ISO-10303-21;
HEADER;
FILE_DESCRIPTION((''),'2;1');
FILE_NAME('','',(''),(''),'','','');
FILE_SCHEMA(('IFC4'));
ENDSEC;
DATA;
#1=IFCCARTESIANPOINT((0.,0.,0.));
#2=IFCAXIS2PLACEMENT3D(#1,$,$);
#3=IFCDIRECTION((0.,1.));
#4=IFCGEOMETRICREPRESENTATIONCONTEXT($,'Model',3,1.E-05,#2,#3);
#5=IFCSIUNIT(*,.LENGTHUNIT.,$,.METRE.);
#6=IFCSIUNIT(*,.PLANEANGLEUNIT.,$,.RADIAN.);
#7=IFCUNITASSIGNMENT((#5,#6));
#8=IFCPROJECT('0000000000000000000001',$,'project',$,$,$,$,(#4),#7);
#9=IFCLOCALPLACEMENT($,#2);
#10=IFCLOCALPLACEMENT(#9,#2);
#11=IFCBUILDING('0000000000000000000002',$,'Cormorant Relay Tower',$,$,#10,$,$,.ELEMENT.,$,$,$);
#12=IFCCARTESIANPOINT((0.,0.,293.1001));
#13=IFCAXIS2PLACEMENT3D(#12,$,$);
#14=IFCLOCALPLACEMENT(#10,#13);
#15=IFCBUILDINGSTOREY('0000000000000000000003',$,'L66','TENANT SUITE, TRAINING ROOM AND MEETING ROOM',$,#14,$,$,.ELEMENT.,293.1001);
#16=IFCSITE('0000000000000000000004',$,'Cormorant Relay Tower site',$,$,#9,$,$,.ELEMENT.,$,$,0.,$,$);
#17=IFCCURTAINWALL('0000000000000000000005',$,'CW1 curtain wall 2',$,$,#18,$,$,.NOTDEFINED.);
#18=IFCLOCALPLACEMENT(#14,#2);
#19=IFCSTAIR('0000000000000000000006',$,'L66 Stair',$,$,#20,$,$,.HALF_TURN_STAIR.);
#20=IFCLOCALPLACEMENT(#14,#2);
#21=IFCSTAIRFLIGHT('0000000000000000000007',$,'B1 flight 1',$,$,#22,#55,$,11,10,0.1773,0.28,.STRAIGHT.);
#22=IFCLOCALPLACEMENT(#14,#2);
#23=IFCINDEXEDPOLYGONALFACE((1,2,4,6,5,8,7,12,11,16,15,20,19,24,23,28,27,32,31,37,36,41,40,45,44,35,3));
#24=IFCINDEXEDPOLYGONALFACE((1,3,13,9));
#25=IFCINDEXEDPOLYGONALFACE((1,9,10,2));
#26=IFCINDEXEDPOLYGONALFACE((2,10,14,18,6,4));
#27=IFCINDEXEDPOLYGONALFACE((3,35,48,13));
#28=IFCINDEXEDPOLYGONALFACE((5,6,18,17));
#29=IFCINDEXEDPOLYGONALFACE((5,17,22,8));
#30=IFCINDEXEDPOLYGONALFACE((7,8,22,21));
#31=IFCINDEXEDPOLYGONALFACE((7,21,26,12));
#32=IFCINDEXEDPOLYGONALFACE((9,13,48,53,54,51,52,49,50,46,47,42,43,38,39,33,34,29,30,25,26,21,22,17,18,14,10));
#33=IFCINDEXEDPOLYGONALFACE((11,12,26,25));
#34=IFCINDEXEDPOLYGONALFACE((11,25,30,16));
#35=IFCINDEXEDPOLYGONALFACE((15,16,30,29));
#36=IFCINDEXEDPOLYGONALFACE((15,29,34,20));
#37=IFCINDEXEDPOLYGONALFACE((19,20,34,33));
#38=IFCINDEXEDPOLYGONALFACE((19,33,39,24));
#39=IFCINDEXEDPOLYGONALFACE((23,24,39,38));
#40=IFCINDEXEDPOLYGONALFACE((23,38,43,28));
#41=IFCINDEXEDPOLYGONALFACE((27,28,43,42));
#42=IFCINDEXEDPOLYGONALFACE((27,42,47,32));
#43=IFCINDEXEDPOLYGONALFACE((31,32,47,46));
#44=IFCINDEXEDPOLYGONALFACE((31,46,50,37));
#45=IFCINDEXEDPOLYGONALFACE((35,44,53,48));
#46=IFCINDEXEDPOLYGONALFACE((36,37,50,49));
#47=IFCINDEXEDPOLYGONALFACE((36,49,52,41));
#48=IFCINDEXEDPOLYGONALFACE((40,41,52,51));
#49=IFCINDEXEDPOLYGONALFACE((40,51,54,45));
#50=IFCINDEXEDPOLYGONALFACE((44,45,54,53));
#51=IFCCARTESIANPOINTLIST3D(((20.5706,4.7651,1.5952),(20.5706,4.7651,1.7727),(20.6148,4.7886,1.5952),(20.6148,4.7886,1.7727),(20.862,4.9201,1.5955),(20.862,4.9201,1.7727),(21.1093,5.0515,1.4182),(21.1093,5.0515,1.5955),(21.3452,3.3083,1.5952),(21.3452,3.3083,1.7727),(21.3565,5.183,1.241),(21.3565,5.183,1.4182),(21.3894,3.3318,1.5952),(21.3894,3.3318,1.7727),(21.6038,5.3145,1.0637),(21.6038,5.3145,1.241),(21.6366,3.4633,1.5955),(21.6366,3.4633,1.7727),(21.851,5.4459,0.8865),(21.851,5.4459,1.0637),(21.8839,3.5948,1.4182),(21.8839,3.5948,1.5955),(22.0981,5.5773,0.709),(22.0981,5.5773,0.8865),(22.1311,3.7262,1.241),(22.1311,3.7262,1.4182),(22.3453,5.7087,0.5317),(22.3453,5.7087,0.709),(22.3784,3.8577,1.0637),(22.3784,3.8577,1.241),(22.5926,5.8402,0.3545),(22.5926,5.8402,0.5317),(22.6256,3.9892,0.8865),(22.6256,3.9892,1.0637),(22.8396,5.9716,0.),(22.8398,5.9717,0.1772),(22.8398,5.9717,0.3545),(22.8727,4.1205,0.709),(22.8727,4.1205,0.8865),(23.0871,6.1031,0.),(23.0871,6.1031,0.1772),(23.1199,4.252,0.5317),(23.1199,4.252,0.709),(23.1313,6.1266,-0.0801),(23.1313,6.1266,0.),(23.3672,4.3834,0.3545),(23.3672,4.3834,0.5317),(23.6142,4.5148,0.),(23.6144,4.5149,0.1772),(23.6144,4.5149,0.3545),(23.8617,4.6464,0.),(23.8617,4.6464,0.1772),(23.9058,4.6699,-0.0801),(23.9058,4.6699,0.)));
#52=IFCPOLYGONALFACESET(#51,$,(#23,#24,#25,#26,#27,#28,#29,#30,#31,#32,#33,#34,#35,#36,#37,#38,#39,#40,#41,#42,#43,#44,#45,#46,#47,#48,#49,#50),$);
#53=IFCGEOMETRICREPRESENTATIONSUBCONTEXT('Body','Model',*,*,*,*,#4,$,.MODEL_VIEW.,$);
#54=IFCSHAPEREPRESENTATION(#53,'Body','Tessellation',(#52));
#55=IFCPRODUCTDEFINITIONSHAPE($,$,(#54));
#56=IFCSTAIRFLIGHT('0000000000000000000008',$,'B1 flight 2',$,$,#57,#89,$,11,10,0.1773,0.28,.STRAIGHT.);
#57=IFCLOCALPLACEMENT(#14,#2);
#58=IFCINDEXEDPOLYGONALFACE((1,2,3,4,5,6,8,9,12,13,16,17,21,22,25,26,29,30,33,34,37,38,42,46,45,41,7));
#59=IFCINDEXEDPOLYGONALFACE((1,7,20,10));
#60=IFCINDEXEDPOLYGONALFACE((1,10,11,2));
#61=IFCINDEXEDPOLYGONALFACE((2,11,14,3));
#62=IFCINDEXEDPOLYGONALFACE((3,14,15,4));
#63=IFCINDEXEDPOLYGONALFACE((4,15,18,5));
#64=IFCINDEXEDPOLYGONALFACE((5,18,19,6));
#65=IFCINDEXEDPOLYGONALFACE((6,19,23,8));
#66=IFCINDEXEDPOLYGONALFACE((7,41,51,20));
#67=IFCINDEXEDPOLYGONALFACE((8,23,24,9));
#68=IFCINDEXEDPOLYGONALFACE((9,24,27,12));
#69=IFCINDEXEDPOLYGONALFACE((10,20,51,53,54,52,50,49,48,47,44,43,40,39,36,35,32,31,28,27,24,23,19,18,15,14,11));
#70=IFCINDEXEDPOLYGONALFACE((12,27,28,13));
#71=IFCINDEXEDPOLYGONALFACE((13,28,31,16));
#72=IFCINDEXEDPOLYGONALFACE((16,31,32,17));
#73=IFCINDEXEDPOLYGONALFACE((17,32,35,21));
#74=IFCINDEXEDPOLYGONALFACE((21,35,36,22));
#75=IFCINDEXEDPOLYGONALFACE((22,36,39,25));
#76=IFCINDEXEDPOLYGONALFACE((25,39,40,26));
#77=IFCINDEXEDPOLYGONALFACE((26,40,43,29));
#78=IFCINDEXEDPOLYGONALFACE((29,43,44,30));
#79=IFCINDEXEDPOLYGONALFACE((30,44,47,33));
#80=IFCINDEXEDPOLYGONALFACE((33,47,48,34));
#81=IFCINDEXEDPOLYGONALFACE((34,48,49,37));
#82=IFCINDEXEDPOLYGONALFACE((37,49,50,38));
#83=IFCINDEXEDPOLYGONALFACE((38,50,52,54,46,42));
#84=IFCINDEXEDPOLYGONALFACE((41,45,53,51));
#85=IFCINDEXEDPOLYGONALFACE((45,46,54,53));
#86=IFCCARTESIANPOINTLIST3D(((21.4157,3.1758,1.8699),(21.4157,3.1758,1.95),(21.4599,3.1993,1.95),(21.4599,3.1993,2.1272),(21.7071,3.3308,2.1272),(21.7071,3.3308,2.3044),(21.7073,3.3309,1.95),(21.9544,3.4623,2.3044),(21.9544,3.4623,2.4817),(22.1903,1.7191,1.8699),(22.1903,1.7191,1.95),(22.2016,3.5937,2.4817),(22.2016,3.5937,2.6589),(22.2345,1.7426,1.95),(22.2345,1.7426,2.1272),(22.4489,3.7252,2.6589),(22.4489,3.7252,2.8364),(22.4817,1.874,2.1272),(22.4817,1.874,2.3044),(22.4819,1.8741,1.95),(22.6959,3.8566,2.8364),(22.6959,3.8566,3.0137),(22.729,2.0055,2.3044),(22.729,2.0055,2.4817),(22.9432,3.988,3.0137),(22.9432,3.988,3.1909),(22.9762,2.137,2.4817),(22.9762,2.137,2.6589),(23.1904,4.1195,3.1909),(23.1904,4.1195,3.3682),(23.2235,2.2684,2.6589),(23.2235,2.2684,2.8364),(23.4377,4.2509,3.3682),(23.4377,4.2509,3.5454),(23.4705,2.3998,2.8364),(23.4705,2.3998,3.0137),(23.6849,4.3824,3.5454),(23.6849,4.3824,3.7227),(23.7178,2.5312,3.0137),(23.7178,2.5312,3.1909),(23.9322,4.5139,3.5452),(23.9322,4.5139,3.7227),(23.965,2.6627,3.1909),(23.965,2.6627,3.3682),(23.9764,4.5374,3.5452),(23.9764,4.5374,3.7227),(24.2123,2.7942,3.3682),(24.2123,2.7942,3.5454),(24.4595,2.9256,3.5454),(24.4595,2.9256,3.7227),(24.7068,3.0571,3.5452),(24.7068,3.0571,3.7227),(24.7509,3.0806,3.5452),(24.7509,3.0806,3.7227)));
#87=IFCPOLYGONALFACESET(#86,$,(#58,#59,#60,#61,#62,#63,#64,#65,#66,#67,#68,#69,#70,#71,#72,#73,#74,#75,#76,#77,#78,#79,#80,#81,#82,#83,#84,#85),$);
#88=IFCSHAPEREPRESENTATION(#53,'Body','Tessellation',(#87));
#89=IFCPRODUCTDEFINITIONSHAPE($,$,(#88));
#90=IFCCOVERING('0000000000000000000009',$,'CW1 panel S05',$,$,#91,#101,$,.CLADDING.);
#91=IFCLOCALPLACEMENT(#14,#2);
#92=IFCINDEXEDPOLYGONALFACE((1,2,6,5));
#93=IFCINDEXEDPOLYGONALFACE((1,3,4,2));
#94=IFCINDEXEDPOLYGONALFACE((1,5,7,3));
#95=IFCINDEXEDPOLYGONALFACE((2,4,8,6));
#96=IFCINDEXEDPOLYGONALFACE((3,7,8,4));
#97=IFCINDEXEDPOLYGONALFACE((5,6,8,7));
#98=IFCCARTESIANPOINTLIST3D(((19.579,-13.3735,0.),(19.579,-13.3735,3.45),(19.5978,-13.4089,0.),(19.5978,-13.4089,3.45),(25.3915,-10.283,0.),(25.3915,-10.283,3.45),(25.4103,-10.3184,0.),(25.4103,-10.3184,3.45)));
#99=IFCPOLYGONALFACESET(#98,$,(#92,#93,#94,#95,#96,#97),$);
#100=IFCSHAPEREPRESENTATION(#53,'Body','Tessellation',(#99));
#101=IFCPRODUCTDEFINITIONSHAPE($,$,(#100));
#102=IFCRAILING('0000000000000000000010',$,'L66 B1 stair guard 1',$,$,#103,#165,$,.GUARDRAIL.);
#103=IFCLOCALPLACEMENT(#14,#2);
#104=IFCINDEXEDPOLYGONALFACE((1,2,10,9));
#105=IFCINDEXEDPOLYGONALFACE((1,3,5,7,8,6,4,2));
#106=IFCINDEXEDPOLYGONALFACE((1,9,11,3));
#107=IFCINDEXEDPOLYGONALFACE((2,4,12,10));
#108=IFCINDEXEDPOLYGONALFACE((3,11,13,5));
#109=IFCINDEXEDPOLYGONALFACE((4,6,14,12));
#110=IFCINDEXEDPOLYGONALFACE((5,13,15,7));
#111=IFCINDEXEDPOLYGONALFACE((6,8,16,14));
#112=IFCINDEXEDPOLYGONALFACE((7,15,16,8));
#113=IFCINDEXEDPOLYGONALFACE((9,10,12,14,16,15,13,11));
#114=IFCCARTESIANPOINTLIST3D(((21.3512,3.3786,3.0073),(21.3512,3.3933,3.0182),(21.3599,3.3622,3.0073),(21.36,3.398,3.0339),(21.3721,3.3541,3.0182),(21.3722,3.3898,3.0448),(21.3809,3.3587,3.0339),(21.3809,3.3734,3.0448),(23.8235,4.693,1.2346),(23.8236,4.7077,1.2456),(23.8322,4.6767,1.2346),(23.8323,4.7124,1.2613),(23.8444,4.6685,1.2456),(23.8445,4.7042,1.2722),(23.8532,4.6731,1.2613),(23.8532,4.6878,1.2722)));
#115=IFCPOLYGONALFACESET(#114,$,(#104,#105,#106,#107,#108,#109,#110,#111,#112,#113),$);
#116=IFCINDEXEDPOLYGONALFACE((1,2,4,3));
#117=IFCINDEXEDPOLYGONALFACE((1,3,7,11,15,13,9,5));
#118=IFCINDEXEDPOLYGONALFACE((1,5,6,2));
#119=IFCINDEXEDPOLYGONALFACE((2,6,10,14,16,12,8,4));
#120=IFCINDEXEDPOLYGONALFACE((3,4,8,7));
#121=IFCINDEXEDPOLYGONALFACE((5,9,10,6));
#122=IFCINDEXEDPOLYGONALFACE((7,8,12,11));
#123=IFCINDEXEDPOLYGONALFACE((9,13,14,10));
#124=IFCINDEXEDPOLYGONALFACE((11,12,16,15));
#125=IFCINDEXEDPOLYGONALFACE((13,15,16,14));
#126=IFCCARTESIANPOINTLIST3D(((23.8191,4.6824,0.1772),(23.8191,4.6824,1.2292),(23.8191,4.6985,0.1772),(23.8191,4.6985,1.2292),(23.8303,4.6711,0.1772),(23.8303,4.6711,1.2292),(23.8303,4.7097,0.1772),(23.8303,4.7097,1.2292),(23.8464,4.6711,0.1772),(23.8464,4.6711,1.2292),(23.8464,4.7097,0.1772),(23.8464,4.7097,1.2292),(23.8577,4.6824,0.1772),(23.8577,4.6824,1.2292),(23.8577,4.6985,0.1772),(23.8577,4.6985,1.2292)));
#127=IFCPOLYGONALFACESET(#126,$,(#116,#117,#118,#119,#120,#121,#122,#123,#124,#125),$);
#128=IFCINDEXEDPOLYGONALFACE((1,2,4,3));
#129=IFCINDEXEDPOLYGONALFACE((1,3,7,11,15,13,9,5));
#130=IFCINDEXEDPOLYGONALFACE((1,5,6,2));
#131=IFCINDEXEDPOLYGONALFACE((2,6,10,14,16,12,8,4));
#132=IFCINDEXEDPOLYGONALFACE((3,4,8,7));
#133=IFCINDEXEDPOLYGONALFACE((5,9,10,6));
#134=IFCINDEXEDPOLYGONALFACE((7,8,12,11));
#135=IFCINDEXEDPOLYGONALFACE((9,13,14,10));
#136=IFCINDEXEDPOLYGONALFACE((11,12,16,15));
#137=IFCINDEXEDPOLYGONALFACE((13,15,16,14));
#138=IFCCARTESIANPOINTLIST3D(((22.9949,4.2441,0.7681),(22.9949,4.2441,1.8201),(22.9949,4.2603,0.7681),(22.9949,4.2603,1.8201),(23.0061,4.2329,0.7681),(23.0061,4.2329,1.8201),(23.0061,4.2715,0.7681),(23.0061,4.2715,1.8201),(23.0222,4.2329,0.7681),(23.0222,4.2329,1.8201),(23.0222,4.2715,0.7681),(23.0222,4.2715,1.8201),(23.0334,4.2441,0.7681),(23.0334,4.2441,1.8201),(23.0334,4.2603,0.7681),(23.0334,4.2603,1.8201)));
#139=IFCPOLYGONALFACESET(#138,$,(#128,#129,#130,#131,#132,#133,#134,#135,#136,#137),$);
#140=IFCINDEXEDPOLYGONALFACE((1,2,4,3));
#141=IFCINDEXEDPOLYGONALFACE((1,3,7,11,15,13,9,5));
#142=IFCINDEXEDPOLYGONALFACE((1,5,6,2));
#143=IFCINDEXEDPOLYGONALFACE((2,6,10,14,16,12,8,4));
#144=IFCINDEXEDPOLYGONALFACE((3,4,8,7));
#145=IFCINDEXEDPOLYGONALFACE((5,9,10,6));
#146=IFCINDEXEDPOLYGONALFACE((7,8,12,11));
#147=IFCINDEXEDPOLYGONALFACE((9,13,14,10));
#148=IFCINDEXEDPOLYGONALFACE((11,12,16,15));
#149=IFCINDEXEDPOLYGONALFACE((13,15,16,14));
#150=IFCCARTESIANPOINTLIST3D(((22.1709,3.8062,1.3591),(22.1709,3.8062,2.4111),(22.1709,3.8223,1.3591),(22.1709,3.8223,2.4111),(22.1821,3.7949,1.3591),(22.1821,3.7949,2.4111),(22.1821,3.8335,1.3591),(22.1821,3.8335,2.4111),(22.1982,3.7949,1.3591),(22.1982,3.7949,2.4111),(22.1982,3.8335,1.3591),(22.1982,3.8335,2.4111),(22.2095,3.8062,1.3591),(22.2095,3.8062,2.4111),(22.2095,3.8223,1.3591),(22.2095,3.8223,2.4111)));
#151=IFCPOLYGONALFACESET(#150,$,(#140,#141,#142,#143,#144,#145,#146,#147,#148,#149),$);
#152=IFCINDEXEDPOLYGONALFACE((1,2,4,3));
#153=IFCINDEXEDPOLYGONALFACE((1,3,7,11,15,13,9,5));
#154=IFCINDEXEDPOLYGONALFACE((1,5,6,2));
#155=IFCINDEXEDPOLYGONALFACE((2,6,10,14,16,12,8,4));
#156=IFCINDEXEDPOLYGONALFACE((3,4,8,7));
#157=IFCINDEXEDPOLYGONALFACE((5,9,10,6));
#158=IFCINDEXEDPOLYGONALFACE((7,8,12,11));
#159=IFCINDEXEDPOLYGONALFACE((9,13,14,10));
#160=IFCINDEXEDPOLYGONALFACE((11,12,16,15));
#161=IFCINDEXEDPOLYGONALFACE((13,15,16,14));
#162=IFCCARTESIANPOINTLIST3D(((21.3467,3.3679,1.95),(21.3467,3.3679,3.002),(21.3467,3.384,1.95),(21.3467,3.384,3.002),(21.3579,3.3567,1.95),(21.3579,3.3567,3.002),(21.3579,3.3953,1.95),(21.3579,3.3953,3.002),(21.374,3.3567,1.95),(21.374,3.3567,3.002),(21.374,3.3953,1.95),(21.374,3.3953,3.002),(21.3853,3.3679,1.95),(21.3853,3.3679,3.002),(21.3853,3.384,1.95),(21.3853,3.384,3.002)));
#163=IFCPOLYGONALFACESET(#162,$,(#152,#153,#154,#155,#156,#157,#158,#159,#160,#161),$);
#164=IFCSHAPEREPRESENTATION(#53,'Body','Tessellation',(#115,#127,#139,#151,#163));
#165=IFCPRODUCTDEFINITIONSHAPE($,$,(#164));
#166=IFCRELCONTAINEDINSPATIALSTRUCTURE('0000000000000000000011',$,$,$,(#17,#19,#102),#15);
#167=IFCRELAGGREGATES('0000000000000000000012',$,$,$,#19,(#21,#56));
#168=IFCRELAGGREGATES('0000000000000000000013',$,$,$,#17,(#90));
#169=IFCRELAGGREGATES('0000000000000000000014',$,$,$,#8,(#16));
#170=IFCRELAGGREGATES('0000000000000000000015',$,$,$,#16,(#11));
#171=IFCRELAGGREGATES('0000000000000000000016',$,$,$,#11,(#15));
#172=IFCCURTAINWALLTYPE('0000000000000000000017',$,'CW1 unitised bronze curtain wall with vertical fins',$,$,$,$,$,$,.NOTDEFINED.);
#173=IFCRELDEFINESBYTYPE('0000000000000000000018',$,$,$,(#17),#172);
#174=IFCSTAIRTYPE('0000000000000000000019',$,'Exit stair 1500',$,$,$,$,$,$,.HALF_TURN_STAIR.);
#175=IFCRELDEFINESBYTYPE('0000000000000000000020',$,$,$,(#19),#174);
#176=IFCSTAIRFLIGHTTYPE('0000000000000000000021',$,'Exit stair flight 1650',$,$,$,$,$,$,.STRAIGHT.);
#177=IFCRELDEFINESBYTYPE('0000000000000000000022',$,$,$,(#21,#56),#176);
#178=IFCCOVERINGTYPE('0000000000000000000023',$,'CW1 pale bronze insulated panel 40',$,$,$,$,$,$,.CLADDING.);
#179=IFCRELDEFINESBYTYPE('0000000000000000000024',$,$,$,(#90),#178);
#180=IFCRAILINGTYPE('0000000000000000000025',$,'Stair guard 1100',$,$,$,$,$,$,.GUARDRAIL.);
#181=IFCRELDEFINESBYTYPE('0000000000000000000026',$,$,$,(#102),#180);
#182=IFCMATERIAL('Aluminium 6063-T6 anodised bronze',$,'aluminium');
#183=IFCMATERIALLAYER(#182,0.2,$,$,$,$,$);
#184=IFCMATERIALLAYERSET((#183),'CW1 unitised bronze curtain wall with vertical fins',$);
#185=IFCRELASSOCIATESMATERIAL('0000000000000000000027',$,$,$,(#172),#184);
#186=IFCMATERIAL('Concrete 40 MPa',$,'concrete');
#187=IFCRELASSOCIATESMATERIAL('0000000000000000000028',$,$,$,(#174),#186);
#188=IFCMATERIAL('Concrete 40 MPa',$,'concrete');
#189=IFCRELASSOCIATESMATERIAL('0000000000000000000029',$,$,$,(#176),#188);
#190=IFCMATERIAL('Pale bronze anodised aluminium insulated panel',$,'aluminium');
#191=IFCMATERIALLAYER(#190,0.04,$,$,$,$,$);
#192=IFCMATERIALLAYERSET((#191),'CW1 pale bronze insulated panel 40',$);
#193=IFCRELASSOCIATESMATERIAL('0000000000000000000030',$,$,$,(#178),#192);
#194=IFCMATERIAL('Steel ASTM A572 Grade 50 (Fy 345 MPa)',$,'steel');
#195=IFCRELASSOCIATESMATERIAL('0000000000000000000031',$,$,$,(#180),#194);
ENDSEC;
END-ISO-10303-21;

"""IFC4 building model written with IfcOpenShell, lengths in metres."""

from ifc_helpers import new_model, si_unit, direction, frame, origin, origin_2d, place, context, subcontext, project, spatial, polyline, rectangle, outline, extrude, material, layer, layer_set, type_object, element, aggregate, save


model = new_model("IFC4")

# Units and contexts
model_context = context("Model", 3, precision=1e-05, world=origin(), true_north=direction((0.0, 1.0)))
body_context = subcontext(model_context, "Body", "Model", "MODEL_VIEW")
ifc_project = project(units=[si_unit("LENGTHUNIT", "METRE"), si_unit("PLANEANGLEUNIT", "RADIAN")], contexts=[model_context])

# Site, building, storey
site_placement = place(None, origin())
site = spatial("IfcSite", under=ifc_project, at=site_placement, Name="Cormorant Relay Tower site", CompositionType="ELEMENT", RefElevation=0.0)
building_placement = place(site_placement, origin())
building = spatial("IfcBuilding", under=site, at=building_placement, Name="Cormorant Relay Tower", CompositionType="ELEMENT")
storey_placement = place(building_placement, frame((0.0, 0.0, 293.1001)))
storey = spatial("IfcBuildingStorey", under=building, at=storey_placement, Name="L66", Description="TENANT SUITE, TRAINING ROOM AND MEETING ROOM", CompositionType="ELEMENT", Elevation=293.1001)

# Curtain wall
ifc_material_1 = material(Name="Aluminium 6063-T6 anodised bronze", Category="aluminium")
ifc_layer_1 = layer(ifc_material_1, 0.2)
ifc_layer_set_1 = layer_set([ifc_layer_1], Name="CW1 unitised bronze curtain wall with vertical fins")
curtain_wall_type = type_object("IfcCurtainWallType", Name="CW1 unitised bronze curtain wall with vertical fins", PredefinedType="NOTDEFINED", material=ifc_layer_set_1)
curtain_wall_placement = place(storey_placement, origin())
curtain_wall = element("IfcCurtainWall", 1, at=curtain_wall_placement, inside=storey, type_object=curtain_wall_type, Name="CW1 curtain wall 2", PredefinedType="NOTDEFINED")

# Stair, stair flights
ifc_material_2 = material(Name="Concrete 40 MPa", Category="concrete")
stair_type = type_object("IfcStairType", Name="Exit stair 1500", PredefinedType="HALF_TURN_STAIR", material=ifc_material_2)
stair_placement = place(storey_placement, origin())
stair = element("IfcStair", 2, at=stair_placement, inside=storey, type_object=stair_type, Name="L66 Stair", PredefinedType="HALF_TURN_STAIR")
ifc_material_3 = material(Name="Concrete 40 MPa", Category="concrete")
stair_flight_type = type_object("IfcStairFlightType", Name="Exit stair flight 1650", PredefinedType="STRAIGHT", material=ifc_material_3)
stair_flight_1_placement = place(storey_placement, frame((23.4744, 5.3748, 0.0), z_axis=(0.0, 0.0, 1.0), x_axis=(-0.882948, -0.469472, 0.0)))
stair_flight_1 = element("IfcStairFlight", 3, at=stair_flight_1_placement, type_object=stair_flight_type, Name="B1 flight 1", NumberOfRisers=11, NumberOfTreads=10, PredefinedType="STRAIGHT", RiserHeight=0.1773, TreadLength=0.28, context=body_context, shape_type="SweptSolid", body=[
    extrude(outline(polyline([(-0.05, -0.0801), (-0.05, 0.0), (0.0, 0.0), (0.0, 0.1772), (0.28, 0.1772), (0.28, 0.3545), (0.5601, 0.3545), (0.5601, 0.5317), (0.8401, 0.5317), (0.8401, 0.709), (1.1201, 0.709), (1.1201, 0.8865), (1.3999, 0.8865), (1.3999, 1.0637), (1.6799, 1.0637), (1.6799, 1.241), (1.96, 1.241), (1.96, 1.4182), (2.24, 1.4182), (2.24, 1.5955), (2.52, 1.5955), (2.52, 1.7727), (2.8, 1.7727), (2.8501, 1.7727), (2.8501, 1.5952), (2.8, 1.5952), (0.2803, 0.0), (-0.05, -0.0801)])), frame((0.0, 0.825, 0.0), z_axis=(0.0, -1.0, 0.0), x_axis=(1.0, 0.0, 0.0)), (0.0, 0.0, 1.0), 1.6499),
])
stair_flight_2_placement = place(storey_placement, frame((21.8472, 2.4709, 1.95), z_axis=(0.0, 0.0, 1.0), x_axis=(0.882948, 0.469472, 0.0)))
stair_flight_2 = element("IfcStairFlight", 4, at=stair_flight_2_placement, type_object=stair_flight_type, Name="B1 flight 2", NumberOfRisers=11, NumberOfTreads=10, PredefinedType="STRAIGHT", RiserHeight=0.1773, TreadLength=0.28, context=body_context, shape_type="SweptSolid", body=[
    extrude(outline(polyline([(-0.05, -0.0801), (-0.05, 0.0), (0.0, 0.0), (0.0, 0.1772), (0.28, 0.1772), (0.28, 0.3545), (0.5601, 0.3545), (0.5601, 0.5317), (0.8401, 0.5317), (0.8401, 0.709), (1.1201, 0.709), (1.1201, 0.8865), (1.3999, 0.8865), (1.3999, 1.0637), (1.6799, 1.0637), (1.6799, 1.241), (1.96, 1.241), (1.96, 1.4182), (2.24, 1.4182), (2.24, 1.5955), (2.52, 1.5955), (2.52, 1.7727), (2.8, 1.7727), (2.8501, 1.7727), (2.8501, 1.5952), (2.8, 1.5952), (0.2803, 0.0), (-0.05, -0.0801)])), frame((0.0, 0.825, 0.0), z_axis=(0.0, -1.0, 0.0), x_axis=(1.0, 0.0, 0.0)), (0.0, 0.0, 1.0), 1.6499),
])
aggregate(stair, [stair_flight_1, stair_flight_2])

# Covering
ifc_material_4 = material(Name="Pale bronze anodised aluminium insulated panel", Category="aluminium")
ifc_layer_2 = layer(ifc_material_4, 0.04)
ifc_layer_set_2 = layer_set([ifc_layer_2], Name="CW1 pale bronze insulated panel 40")
covering_type = type_object("IfcCoveringType", Name="CW1 pale bronze insulated panel 40", PredefinedType="CLADDING", material=ifc_layer_set_2)
covering_placement = place(storey_placement, frame((22.4946, -11.8459, 0.0), z_axis=(0.0, 0.0, 1.0), x_axis=(0.882948, 0.469472, 0.0)))
covering = element("IfcCovering", 5, at=covering_placement, type_object=covering_type, Name="CW1 panel S05", PredefinedType="CLADDING", context=body_context, shape_type="SweptSolid", body=[
    extrude(rectangle(XDim=6.583, YDim=0.04, at=origin_2d()), origin(), (0.0, 0.0, 1.0), 3.45),
])
aggregate(curtain_wall, [covering])

# Railing
ifc_material_5 = material(Name="Steel ASTM A572 Grade 50 (Fy 345 MPa)", Category="steel")
railing_type_1 = type_object("IfcRailingType", Name="Stair guard 1100", PredefinedType="GUARDRAIL", material=ifc_material_5)
railing_1_placement = place(storey_placement, frame((23.8384, 4.6904, 0.1772)))
element("IfcRailing", 6, at=railing_1_placement, inside=storey, type_object=railing_type_1, Name="L66 B1 stair guard 1", PredefinedType="GUARDRAIL", context=body_context, shape_type="SweptSolid", body=[
    extrude(outline(polyline([(0.0222, 0.0093), (0.0093, 0.0222), (-0.0093, 0.0222), (-0.0222, 0.0093), (-0.0222, -0.0093), (-0.0093, -0.0222), (0.0093, -0.0222), (0.0222, -0.0093), (0.0222, 0.0093)])), frame((0.0, 0.0, 1.0762), z_axis=(-0.746034, -0.396627, 0.534902), x_axis=(0.469429, -0.88297, 0.0)), (0.0, 0.0, 1.0), 3.314),
    extrude(outline(polyline([(0.0193, 0.0081), (0.0081, 0.0193), (-0.0081, 0.0193), (-0.0193, 0.0081), (-0.0193, -0.0081), (-0.0081, -0.0193), (0.0081, -0.0193), (0.0193, -0.0081), (0.0193, 0.0081)])), origin(), (0.0, 0.0, 1.0), 1.052),
    extrude(outline(polyline([(0.0193, 0.0081), (0.0081, 0.0193), (-0.0081, 0.0193), (-0.0193, 0.0081), (-0.0193, -0.0081), (-0.0081, -0.0193), (0.0081, -0.0193), (0.0193, -0.0081), (0.0193, 0.0081)])), frame((-0.8242, -0.4382, 0.5908)), (0.0, 0.0, 1.0), 1.052),
    extrude(outline(polyline([(0.0193, 0.0081), (0.0081, 0.0193), (-0.0081, 0.0193), (-0.0193, 0.0081), (-0.0193, -0.0081), (-0.0081, -0.0193), (0.0081, -0.0193), (0.0193, -0.0081), (0.0193, 0.0081)])), frame((-1.6482, -0.8762, 1.1819)), (0.0, 0.0, 1.0), 1.052),
    extrude(outline(polyline([(0.0193, 0.0081), (0.0081, 0.0193), (-0.0081, 0.0193), (-0.0193, 0.0081), (-0.0193, -0.0081), (-0.0081, -0.0193), (0.0081, -0.0193), (0.0193, -0.0081), (0.0193, 0.0081)])), frame((-2.4724, -1.3145, 1.7727)), (0.0, 0.0, 1.0), 1.052),
])

save(model, "model.ifc")
